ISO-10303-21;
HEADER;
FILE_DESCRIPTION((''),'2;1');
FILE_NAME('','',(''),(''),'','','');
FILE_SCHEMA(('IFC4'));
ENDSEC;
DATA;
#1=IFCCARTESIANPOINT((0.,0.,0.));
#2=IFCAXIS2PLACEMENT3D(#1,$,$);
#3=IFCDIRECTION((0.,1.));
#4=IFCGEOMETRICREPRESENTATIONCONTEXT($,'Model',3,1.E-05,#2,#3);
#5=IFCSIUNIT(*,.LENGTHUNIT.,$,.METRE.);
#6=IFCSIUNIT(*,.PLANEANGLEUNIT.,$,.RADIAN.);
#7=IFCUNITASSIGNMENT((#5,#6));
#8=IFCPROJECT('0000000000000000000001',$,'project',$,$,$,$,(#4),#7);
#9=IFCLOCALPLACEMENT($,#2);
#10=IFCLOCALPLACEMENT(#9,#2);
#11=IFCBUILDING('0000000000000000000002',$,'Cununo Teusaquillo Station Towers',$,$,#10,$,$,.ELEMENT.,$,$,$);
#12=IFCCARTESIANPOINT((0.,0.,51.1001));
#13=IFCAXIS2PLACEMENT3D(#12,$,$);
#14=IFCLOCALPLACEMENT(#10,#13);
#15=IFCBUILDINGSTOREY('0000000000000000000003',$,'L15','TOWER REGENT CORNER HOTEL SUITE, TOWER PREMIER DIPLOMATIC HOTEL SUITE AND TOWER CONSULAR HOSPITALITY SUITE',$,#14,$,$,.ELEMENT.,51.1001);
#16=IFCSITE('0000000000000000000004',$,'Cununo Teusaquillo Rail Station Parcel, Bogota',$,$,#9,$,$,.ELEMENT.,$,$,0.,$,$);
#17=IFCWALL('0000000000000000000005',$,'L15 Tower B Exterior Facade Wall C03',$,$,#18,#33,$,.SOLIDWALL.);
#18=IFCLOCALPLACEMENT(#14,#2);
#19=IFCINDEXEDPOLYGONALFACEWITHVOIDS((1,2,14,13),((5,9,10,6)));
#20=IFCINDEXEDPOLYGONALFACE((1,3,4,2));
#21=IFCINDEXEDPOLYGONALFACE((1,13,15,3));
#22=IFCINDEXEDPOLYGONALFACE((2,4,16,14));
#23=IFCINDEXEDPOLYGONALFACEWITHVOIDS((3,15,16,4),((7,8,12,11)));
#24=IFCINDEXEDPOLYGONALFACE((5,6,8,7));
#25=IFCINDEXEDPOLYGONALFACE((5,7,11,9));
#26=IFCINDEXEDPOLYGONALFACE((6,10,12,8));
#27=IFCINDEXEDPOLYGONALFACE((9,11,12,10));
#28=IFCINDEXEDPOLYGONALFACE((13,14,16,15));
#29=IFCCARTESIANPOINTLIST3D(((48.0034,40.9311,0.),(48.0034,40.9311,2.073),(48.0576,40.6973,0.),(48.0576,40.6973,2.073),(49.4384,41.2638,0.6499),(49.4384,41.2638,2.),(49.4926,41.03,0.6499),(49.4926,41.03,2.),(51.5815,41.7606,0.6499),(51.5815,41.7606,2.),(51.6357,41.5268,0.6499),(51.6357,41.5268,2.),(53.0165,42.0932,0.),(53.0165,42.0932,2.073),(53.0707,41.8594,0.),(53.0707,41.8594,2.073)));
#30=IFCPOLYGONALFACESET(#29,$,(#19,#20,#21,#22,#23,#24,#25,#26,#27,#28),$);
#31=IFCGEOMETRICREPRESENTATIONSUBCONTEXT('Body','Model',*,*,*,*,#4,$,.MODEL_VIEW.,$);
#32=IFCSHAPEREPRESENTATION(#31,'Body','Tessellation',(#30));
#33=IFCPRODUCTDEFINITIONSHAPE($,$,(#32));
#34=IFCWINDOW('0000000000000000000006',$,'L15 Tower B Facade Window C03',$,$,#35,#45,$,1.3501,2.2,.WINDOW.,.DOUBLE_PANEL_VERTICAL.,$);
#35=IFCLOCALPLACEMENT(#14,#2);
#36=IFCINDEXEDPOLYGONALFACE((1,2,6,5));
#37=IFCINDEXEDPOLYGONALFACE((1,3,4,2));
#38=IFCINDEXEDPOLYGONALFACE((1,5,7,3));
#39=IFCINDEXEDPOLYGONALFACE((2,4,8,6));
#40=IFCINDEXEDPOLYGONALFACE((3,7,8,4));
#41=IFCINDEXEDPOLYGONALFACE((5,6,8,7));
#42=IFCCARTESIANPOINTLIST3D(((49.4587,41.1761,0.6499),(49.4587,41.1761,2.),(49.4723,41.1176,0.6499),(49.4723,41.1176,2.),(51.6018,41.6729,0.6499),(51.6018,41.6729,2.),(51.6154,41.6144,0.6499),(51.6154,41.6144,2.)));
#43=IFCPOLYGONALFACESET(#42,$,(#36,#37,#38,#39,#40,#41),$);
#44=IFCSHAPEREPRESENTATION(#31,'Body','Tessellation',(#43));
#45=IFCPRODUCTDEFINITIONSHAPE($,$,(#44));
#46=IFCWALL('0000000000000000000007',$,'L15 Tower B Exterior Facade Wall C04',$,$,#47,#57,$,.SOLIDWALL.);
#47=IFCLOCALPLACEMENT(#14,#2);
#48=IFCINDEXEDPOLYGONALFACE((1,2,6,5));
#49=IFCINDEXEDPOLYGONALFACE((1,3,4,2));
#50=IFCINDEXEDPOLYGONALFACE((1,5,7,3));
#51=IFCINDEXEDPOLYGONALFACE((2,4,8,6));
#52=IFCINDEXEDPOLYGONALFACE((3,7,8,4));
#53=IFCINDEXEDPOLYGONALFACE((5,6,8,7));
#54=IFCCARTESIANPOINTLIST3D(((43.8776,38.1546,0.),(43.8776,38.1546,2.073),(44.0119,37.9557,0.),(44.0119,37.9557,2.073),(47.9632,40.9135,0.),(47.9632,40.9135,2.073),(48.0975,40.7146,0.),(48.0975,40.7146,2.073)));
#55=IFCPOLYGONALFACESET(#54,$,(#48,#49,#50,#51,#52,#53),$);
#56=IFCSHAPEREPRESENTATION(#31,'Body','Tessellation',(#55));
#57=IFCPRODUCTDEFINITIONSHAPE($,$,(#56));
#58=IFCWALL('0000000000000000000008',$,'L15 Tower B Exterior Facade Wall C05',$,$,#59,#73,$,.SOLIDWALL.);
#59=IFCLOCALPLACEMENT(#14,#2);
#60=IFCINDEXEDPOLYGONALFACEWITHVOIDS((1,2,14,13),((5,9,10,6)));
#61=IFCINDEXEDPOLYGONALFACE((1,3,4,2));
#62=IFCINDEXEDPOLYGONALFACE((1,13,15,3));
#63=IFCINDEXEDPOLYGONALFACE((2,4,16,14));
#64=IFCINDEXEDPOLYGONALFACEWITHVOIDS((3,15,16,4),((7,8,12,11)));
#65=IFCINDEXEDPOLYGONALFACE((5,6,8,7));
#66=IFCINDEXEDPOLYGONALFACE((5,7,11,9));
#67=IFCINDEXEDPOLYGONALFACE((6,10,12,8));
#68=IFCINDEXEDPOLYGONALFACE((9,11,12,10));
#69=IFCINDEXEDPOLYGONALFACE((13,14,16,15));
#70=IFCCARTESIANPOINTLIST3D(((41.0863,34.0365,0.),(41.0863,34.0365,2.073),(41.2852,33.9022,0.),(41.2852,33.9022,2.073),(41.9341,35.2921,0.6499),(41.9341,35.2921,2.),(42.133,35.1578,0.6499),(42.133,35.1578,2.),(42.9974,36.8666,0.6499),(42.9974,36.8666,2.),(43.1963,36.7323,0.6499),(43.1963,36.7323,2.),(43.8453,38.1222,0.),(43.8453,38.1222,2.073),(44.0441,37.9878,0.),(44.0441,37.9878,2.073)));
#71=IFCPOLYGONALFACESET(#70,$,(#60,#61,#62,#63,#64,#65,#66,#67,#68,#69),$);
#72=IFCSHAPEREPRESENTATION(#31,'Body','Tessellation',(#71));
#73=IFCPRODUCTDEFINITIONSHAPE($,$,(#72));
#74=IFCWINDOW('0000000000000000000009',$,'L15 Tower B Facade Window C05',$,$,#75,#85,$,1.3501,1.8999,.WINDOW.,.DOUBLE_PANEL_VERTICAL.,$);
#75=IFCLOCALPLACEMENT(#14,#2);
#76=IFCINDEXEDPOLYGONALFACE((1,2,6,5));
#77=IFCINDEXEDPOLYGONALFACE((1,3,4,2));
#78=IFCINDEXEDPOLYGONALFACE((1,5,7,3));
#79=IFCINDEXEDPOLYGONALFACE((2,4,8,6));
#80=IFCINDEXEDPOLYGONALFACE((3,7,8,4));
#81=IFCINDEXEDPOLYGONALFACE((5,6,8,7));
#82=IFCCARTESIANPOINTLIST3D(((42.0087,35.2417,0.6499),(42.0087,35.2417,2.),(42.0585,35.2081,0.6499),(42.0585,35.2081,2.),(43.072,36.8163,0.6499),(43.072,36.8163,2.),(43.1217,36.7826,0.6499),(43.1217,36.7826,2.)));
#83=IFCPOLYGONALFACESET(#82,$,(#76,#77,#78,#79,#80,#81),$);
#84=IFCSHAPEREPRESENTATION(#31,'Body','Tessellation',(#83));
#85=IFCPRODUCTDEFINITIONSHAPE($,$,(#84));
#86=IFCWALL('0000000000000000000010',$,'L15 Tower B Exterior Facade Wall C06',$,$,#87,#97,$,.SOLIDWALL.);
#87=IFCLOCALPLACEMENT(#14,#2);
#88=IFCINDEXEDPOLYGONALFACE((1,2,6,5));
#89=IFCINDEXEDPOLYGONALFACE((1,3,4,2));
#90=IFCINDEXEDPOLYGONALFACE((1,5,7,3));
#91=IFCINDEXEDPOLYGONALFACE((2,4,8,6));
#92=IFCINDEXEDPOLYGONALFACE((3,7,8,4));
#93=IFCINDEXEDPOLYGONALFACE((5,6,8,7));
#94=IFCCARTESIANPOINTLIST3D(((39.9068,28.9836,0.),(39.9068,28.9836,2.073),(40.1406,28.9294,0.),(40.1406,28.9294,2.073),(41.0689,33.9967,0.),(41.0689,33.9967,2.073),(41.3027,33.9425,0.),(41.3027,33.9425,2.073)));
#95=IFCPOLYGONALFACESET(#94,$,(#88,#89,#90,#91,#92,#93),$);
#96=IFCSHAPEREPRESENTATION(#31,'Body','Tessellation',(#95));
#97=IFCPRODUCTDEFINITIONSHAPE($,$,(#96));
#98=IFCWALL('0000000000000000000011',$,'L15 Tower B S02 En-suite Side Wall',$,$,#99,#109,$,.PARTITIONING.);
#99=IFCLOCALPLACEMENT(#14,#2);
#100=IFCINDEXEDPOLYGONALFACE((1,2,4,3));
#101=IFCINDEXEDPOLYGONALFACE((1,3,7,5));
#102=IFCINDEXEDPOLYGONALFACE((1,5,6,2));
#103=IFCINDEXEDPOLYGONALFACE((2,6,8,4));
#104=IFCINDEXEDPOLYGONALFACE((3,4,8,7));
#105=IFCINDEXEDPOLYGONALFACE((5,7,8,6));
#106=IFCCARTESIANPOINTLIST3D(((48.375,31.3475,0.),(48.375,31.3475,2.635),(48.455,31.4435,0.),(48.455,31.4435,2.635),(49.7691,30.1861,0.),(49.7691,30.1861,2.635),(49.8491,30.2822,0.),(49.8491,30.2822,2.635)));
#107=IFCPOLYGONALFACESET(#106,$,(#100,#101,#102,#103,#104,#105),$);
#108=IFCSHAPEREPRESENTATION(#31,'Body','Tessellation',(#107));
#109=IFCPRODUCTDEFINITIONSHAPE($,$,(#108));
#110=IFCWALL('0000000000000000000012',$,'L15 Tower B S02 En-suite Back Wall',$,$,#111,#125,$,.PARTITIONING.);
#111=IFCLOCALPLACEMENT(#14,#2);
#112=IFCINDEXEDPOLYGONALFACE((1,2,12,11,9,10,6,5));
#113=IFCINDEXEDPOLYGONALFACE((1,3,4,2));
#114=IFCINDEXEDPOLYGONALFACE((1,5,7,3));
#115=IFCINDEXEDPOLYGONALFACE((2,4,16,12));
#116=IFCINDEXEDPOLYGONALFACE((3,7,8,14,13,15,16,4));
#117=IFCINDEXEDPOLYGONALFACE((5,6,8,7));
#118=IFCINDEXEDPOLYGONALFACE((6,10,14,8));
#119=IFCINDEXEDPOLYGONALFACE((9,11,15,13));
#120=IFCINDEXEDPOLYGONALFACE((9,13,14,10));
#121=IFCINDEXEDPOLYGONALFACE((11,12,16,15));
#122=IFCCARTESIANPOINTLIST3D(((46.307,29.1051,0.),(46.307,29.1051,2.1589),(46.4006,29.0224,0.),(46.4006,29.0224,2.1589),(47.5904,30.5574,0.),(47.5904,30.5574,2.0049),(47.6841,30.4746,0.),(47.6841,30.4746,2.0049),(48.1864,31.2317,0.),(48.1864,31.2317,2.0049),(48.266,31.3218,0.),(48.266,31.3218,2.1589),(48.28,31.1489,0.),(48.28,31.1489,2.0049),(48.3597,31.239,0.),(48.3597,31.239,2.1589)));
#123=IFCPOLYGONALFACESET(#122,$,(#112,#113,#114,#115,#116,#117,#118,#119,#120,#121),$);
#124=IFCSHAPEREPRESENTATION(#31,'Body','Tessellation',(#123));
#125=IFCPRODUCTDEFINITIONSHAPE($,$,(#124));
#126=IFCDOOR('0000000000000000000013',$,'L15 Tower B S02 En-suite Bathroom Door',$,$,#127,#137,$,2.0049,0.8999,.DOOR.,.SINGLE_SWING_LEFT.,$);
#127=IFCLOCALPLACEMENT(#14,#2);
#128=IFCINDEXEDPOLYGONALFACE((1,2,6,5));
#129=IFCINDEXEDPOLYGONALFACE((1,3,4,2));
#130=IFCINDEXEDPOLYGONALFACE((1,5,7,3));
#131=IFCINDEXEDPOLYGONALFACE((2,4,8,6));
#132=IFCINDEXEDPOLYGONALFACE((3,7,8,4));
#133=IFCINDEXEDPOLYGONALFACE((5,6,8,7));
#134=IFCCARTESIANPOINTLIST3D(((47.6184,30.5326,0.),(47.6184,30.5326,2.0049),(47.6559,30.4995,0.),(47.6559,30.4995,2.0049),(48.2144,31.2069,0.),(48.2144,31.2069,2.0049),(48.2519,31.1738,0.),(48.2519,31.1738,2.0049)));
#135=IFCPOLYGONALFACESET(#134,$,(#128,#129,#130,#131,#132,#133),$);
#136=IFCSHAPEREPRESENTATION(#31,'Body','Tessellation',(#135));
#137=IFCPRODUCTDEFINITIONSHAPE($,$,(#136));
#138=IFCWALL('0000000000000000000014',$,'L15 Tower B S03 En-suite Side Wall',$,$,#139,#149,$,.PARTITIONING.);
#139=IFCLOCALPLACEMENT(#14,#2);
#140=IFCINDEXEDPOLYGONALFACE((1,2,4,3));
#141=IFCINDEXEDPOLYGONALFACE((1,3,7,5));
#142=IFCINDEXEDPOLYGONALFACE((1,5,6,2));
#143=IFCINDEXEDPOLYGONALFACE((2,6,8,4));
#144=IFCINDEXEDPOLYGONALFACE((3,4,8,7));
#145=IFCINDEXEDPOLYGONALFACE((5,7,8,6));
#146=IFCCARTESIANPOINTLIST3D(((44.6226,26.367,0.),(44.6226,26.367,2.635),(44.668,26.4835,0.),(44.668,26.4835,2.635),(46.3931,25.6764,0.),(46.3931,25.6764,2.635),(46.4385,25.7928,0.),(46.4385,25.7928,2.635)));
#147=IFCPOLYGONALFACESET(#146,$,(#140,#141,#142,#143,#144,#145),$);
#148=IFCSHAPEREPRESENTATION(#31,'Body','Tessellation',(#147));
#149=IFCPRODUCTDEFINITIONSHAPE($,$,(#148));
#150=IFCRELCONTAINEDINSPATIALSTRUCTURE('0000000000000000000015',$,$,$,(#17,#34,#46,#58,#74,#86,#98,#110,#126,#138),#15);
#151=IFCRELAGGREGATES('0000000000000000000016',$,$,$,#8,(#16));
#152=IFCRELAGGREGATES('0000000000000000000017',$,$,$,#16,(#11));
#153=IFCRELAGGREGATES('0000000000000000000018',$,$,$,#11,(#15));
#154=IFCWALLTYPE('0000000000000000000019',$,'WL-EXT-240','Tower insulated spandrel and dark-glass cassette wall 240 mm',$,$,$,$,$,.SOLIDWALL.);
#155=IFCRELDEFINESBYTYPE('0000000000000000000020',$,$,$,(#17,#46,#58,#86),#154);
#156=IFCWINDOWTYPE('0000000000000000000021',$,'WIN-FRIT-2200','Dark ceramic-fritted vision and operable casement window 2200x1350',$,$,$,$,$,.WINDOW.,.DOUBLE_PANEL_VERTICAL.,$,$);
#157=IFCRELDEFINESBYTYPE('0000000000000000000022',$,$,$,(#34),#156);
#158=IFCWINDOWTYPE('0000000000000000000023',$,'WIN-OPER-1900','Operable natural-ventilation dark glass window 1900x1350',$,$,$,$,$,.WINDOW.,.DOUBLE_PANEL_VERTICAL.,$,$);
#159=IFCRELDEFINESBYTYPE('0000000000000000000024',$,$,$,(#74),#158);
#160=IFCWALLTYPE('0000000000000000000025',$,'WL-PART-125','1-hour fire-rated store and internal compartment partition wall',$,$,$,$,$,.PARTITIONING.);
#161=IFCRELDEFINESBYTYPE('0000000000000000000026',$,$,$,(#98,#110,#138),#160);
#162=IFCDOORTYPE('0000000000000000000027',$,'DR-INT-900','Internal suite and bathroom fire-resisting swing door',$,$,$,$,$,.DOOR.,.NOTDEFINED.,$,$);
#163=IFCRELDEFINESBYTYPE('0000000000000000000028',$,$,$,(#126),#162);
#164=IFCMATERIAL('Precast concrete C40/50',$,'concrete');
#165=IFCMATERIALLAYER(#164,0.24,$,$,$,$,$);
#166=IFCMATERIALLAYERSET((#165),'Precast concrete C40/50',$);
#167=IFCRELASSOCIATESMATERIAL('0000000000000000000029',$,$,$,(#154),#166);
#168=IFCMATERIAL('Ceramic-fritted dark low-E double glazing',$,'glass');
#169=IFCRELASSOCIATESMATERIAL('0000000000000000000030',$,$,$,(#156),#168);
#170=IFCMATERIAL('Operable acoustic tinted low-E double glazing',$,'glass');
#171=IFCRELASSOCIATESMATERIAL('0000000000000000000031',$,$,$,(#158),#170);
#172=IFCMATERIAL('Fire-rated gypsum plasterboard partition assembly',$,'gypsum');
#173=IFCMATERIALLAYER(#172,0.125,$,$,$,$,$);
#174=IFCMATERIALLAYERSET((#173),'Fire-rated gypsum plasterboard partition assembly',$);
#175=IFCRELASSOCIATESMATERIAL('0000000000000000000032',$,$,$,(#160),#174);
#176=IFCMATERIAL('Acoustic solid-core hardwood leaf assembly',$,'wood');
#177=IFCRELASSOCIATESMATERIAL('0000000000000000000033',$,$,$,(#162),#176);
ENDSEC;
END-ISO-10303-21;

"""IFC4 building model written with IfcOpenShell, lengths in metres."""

from ifc_helpers import new_model, si_unit, direction, frame, frame_2d, origin, place, context, subcontext, project, spatial, rectangle, extrude, source, transform, mapped, material, layer, layer_set, type_object, element, fill, save


model = new_model("IFC4")

# Units and contexts
model_context = context("Model", 3, precision=1e-05, world=origin(), true_north=direction((0.0, 1.0)))
body_context = subcontext(model_context, "Body", "Model", "MODEL_VIEW")
ifc_project = project(units=[si_unit("LENGTHUNIT", "METRE"), si_unit("PLANEANGLEUNIT", "RADIAN")], contexts=[model_context])

# Site, building, storey
site_placement = place(None, origin())
site = spatial("IfcSite", under=ifc_project, at=site_placement, Name="Cununo Teusaquillo Rail Station Parcel, Bogota", CompositionType="ELEMENT", RefElevation=0.0)
building_placement = place(site_placement, origin())
building = spatial("IfcBuilding", under=site, at=building_placement, Name="Cununo Teusaquillo Station Towers", CompositionType="ELEMENT")
storey_placement = place(building_placement, frame((0.0, 0.0, 51.1001)))
storey = spatial("IfcBuildingStorey", under=building, at=storey_placement, Name="L15", Description="TOWER REGENT CORNER HOTEL SUITE, TOWER PREMIER DIPLOMATIC HOTEL SUITE AND TOWER CONSULAR HOSPITALITY SUITE", CompositionType="ELEMENT", Elevation=51.1001)

# Wall, opening, window
ifc_material_1 = material(Name="Precast concrete C40/50", Category="concrete")
ifc_layer_1 = layer(ifc_material_1, 0.24)
ifc_layer_set_1 = layer_set([ifc_layer_1], Name="Precast concrete C40/50")
wall_type_1 = type_object("IfcWallType", Name="WL-EXT-240", Description="Tower insulated spandrel and dark-glass cassette wall 240 mm", PredefinedType="SOLIDWALL", material=ifc_layer_set_1)
wall_1_placement = place(storey_placement, frame((48.0305, 40.8142, 0.0), z_axis=(0.0, 0.0, 1.0), x_axis=(0.974166, 0.225833, 0.0)))
wall_1 = element("IfcWall", 1, at=wall_1_placement, inside=storey, type_object=wall_type_1, Name="L15 Tower B Exterior Facade Wall C03", PredefinedType="SOLIDWALL", context=body_context, shape_type="SweptSolid", body=[
    extrude(rectangle(XDim=5.146, YDim=0.24, at=frame_2d((2.573, 0.0))), origin(), (0.0, 0.0, 1.0), 2.073),
])
shared_shape_1 = source(origin(), body_context, "Body", "SweptSolid", [
    extrude(rectangle(XDim=2.2, YDim=1.3501, at=frame_2d((1.1001, 0.675))), frame((0.0, 0.1299, 0.0), z_axis=(0.0, -1.0, 0.0), x_axis=(1.0, 0.0, 0.0)), (0.0, 0.0, 1.0), 0.26),
])
opening_1_placement = place(wall_1_placement, frame((1.4729, 0.0, 0.6499)))
opening_1 = element("IfcOpeningElement", 2, at=opening_1_placement, cuts=wall_1, PredefinedType="OPENING", context=body_context, shape_type="MappedRepresentation", body=[
    mapped(shared_shape_1, transform((0.0, 0.0, 0.0), x_axis=(1.0, 0.0, 0.0), y_axis=(0.0, 1.0, 0.0), z_axis=(0.0, 0.0, 1.0), scale=1.0)),
])
ifc_material_2 = material(Name="Ceramic-fritted dark low-E double glazing", Category="glass")
window_type_1 = type_object("IfcWindowType", Name="WIN-FRIT-2200", Description="Dark ceramic-fritted vision and operable casement window 2200x1350", PartitioningType="DOUBLE_PANEL_VERTICAL", PredefinedType="WINDOW", material=ifc_material_2)
shared_shape_2 = source(origin(), body_context, "Body", "SweptSolid", [
    extrude(rectangle(XDim=2.2, YDim=1.3501, at=frame_2d((1.1001, 0.675))), frame((0.0, 0.03, 0.0), z_axis=(0.0, -1.0, 0.0), x_axis=(1.0, 0.0, 0.0)), (0.0, 0.0, 1.0), 0.0601),
])
window_1_placement = place(opening_1_placement, origin())
window_1 = element("IfcWindow", 3, at=window_1_placement, inside=storey, type_object=window_type_1, Name="L15 Tower B Facade Window C03", OverallHeight=1.3501, OverallWidth=2.2, PartitioningType="DOUBLE_PANEL_VERTICAL", PredefinedType="WINDOW", context=body_context, shape_type="MappedRepresentation", body=[
    mapped(shared_shape_2, transform((0.0, 0.0, 0.0), x_axis=(1.0, 0.0, 0.0), y_axis=(0.0, 1.0, 0.0), z_axis=(0.0, 0.0, 1.0), scale=1.0)),
])
fill(opening_1, window_1)

# Wall
wall_2_placement = place(storey_placement, frame((43.9448, 38.0552, 0.0), z_axis=(0.0, 0.0, 1.0), x_axis=(0.828737, 0.559639, 0.0)))
element("IfcWall", 4, at=wall_2_placement, inside=storey, type_object=wall_type_1, Name="L15 Tower B Exterior Facade Wall C04", PredefinedType="SOLIDWALL", context=body_context, shape_type="SweptSolid", body=[
    extrude(rectangle(XDim=4.9299, YDim=0.24, at=frame_2d((2.4648, 0.0))), origin(), (0.0, 0.0, 1.0), 2.073),
])

# Wall, opening, window
wall_3_placement = place(storey_placement, frame((41.1858, 33.9695, 0.0), z_axis=(0.0, 0.0, 1.0), x_axis=(0.559639, 0.828737, 0.0)))
wall_3 = element("IfcWall", 5, at=wall_3_placement, inside=storey, type_object=wall_type_1, Name="L15 Tower B Exterior Facade Wall C05", PredefinedType="SOLIDWALL", context=body_context, shape_type="SweptSolid", body=[
    extrude(rectangle(XDim=4.9299, YDim=0.24, at=frame_2d((2.4648, 0.0))), origin(), (0.0, 0.0, 1.0), 2.073),
])
shared_shape_3 = source(origin(), body_context, "Body", "SweptSolid", [
    extrude(rectangle(XDim=1.8999, YDim=1.3501, at=frame_2d((0.95, 0.675))), frame((0.0, 0.1299, 0.0), z_axis=(0.0, -1.0, 0.0), x_axis=(1.0, 0.0, 0.0)), (0.0, 0.0, 1.0), 0.26),
])
opening_2_placement = place(wall_3_placement, frame((1.5149, 0.0, 0.6499)))
opening_2 = element("IfcOpeningElement", 6, at=opening_2_placement, cuts=wall_3, PredefinedType="OPENING", context=body_context, shape_type="MappedRepresentation", body=[
    mapped(shared_shape_3, transform((0.0, 0.0, 0.0), x_axis=(1.0, 0.0, 0.0), y_axis=(0.0, 1.0, 0.0), z_axis=(0.0, 0.0, 1.0), scale=1.0)),
])
ifc_material_3 = material(Name="Operable acoustic tinted low-E double glazing", Category="glass")
window_type_2 = type_object("IfcWindowType", Name="WIN-OPER-1900", Description="Operable natural-ventilation dark glass window 1900x1350", PartitioningType="DOUBLE_PANEL_VERTICAL", PredefinedType="WINDOW", material=ifc_material_3)
shared_shape_4 = source(origin(), body_context, "Body", "SweptSolid", [
    extrude(rectangle(XDim=1.8999, YDim=1.3501, at=frame_2d((0.95, 0.675))), frame((0.0, 0.03, 0.0), z_axis=(0.0, -1.0, 0.0), x_axis=(1.0, 0.0, 0.0)), (0.0, 0.0, 1.0), 0.0601),
])
window_2_placement = place(opening_2_placement, origin())
window_2 = element("IfcWindow", 7, at=window_2_placement, inside=storey, type_object=window_type_2, Name="L15 Tower B Facade Window C05", OverallHeight=1.3501, OverallWidth=1.8999, PartitioningType="DOUBLE_PANEL_VERTICAL", PredefinedType="WINDOW", context=body_context, shape_type="MappedRepresentation", body=[
    mapped(shared_shape_4, transform((0.0, 0.0, 0.0), x_axis=(1.0, 0.0, 0.0), y_axis=(0.0, 1.0, 0.0), z_axis=(0.0, 0.0, 1.0), scale=1.0)),
])
fill(opening_2, window_2)

# Walls
wall_4_placement = place(storey_placement, frame((40.0237, 28.9565, 0.0), z_axis=(0.0, 0.0, 1.0), x_axis=(0.225833, 0.974166, 0.0)))
element("IfcWall", 8, at=wall_4_placement, inside=storey, type_object=wall_type_1, Name="L15 Tower B Exterior Facade Wall C06", PredefinedType="SOLIDWALL", context=body_context, shape_type="SweptSolid", body=[
    extrude(rectangle(XDim=5.146, YDim=0.24, at=frame_2d((2.573, 0.0))), origin(), (0.0, 0.0, 1.0), 2.073),
])
ifc_material_4 = material(Name="Fire-rated gypsum plasterboard partition assembly", Category="gypsum")
ifc_layer_2 = layer(ifc_material_4, 0.125)
ifc_layer_set_2 = layer_set([ifc_layer_2], Name="Fire-rated gypsum plasterboard partition assembly")
wall_type_2 = type_object("IfcWallType", Name="WL-PART-125", Description="1-hour fire-rated store and internal compartment partition wall", PredefinedType="PARTITIONING", material=ifc_layer_set_2)
wall_5_placement = place(storey_placement, frame((49.8091, 30.2341, 0.0), z_axis=(0.0, 0.0, 1.0), x_axis=(-0.76831, 0.640079, 0.0)))
element("IfcWall", 9, at=wall_5_placement, inside=storey, type_object=wall_type_2, Name="L15 Tower B S02 En-suite Side Wall", PredefinedType="PARTITIONING", context=body_context, shape_type="SweptSolid", body=[
    extrude(rectangle(XDim=1.8145, YDim=0.125, at=frame_2d((0.9072, 0.0))), origin(), (0.0, 0.0, 1.0), 2.635),
])

# Wall, opening, door
wall_6_placement = place(storey_placement, frame((48.3127, 31.2803, 0.0), z_axis=(0.0, 0.0, 1.0), x_axis=(-0.66223, -0.749301, 0.0)))
wall_6 = element("IfcWall", 10, at=wall_6_placement, inside=storey, type_object=wall_type_2, Name="L15 Tower B S02 En-suite Back Wall", PredefinedType="PARTITIONING", context=body_context, shape_type="SweptSolid", body=[
    extrude(rectangle(XDim=2.9583, YDim=0.125, at=frame_2d((1.479, 0.0))), origin(), (0.0, 0.0, 1.0), 2.1589),
])
shared_shape_5 = source(origin(), body_context, "Body", "SweptSolid", [
    extrude(rectangle(XDim=0.8999, YDim=2.0049, at=frame_2d((0.45, 1.0024))), frame((0.0, 0.0725, 0.0), z_axis=(0.0, -1.0, 0.0), x_axis=(1.0, 0.0, 0.0)), (0.0, 0.0, 1.0), 0.145),
])
opening_3_placement = place(wall_6_placement, frame((0.1201, 0.0, 0.0)))
opening_3 = element("IfcOpeningElement", 11, at=opening_3_placement, cuts=wall_6, PredefinedType="OPENING", context=body_context, shape_type="MappedRepresentation", body=[
    mapped(shared_shape_5, transform((0.0, 0.0, 0.0), x_axis=(1.0, 0.0, 0.0), y_axis=(0.0, 1.0, 0.0), z_axis=(0.0, 0.0, 1.0), scale=1.0)),
])
ifc_material_5 = material(Name="Acoustic solid-core hardwood leaf assembly", Category="wood")
door_type_1 = type_object("IfcDoorType", Name="DR-INT-900", Description="Internal suite and bathroom fire-resisting swing door", OperationType="NOTDEFINED", PredefinedType="DOOR", material=ifc_material_5)
shared_shape_6 = source(origin(), body_context, "Body", "SweptSolid", [
    extrude(rectangle(XDim=0.8999, YDim=2.0049, at=frame_2d((0.45, 1.0024))), frame((0.0, 0.0249, 0.0), z_axis=(0.0, -1.0, 0.0), x_axis=(1.0, 0.0, 0.0)), (0.0, 0.0, 1.0), 0.05),
])
door_1_placement = place(opening_3_placement, origin())
door_1 = element("IfcDoor", 12, at=door_1_placement, inside=storey, type_object=door_type_1, Name="L15 Tower B S02 En-suite Bathroom Door", OperationType="SINGLE_SWING_LEFT", OverallHeight=2.0049, OverallWidth=0.8999, PredefinedType="DOOR", context=body_context, shape_type="MappedRepresentation", body=[
    mapped(shared_shape_6, transform((0.0, 0.0, 0.0), x_axis=(1.0, 0.0, 0.0), y_axis=(0.0, 1.0, 0.0), z_axis=(0.0, 0.0, 1.0), scale=1.0)),
])
fill(opening_3, door_1)

# Wall
wall_7_placement = place(storey_placement, frame((46.4158, 25.7346, 0.0), z_axis=(0.0, 0.0, 1.0), x_axis=(-0.931623, 0.363426, 0.0)))
element("IfcWall", 13, at=wall_7_placement, inside=storey, type_object=wall_type_2, Name="L15 Tower B S03 En-suite Side Wall", PredefinedType="PARTITIONING", context=body_context, shape_type="SweptSolid", body=[
    extrude(rectangle(XDim=1.9004, YDim=0.125, at=frame_2d((0.9502, 0.0))), origin(), (0.0, 0.0, 1.0), 2.635),
])

save(model, "model.ifc")
